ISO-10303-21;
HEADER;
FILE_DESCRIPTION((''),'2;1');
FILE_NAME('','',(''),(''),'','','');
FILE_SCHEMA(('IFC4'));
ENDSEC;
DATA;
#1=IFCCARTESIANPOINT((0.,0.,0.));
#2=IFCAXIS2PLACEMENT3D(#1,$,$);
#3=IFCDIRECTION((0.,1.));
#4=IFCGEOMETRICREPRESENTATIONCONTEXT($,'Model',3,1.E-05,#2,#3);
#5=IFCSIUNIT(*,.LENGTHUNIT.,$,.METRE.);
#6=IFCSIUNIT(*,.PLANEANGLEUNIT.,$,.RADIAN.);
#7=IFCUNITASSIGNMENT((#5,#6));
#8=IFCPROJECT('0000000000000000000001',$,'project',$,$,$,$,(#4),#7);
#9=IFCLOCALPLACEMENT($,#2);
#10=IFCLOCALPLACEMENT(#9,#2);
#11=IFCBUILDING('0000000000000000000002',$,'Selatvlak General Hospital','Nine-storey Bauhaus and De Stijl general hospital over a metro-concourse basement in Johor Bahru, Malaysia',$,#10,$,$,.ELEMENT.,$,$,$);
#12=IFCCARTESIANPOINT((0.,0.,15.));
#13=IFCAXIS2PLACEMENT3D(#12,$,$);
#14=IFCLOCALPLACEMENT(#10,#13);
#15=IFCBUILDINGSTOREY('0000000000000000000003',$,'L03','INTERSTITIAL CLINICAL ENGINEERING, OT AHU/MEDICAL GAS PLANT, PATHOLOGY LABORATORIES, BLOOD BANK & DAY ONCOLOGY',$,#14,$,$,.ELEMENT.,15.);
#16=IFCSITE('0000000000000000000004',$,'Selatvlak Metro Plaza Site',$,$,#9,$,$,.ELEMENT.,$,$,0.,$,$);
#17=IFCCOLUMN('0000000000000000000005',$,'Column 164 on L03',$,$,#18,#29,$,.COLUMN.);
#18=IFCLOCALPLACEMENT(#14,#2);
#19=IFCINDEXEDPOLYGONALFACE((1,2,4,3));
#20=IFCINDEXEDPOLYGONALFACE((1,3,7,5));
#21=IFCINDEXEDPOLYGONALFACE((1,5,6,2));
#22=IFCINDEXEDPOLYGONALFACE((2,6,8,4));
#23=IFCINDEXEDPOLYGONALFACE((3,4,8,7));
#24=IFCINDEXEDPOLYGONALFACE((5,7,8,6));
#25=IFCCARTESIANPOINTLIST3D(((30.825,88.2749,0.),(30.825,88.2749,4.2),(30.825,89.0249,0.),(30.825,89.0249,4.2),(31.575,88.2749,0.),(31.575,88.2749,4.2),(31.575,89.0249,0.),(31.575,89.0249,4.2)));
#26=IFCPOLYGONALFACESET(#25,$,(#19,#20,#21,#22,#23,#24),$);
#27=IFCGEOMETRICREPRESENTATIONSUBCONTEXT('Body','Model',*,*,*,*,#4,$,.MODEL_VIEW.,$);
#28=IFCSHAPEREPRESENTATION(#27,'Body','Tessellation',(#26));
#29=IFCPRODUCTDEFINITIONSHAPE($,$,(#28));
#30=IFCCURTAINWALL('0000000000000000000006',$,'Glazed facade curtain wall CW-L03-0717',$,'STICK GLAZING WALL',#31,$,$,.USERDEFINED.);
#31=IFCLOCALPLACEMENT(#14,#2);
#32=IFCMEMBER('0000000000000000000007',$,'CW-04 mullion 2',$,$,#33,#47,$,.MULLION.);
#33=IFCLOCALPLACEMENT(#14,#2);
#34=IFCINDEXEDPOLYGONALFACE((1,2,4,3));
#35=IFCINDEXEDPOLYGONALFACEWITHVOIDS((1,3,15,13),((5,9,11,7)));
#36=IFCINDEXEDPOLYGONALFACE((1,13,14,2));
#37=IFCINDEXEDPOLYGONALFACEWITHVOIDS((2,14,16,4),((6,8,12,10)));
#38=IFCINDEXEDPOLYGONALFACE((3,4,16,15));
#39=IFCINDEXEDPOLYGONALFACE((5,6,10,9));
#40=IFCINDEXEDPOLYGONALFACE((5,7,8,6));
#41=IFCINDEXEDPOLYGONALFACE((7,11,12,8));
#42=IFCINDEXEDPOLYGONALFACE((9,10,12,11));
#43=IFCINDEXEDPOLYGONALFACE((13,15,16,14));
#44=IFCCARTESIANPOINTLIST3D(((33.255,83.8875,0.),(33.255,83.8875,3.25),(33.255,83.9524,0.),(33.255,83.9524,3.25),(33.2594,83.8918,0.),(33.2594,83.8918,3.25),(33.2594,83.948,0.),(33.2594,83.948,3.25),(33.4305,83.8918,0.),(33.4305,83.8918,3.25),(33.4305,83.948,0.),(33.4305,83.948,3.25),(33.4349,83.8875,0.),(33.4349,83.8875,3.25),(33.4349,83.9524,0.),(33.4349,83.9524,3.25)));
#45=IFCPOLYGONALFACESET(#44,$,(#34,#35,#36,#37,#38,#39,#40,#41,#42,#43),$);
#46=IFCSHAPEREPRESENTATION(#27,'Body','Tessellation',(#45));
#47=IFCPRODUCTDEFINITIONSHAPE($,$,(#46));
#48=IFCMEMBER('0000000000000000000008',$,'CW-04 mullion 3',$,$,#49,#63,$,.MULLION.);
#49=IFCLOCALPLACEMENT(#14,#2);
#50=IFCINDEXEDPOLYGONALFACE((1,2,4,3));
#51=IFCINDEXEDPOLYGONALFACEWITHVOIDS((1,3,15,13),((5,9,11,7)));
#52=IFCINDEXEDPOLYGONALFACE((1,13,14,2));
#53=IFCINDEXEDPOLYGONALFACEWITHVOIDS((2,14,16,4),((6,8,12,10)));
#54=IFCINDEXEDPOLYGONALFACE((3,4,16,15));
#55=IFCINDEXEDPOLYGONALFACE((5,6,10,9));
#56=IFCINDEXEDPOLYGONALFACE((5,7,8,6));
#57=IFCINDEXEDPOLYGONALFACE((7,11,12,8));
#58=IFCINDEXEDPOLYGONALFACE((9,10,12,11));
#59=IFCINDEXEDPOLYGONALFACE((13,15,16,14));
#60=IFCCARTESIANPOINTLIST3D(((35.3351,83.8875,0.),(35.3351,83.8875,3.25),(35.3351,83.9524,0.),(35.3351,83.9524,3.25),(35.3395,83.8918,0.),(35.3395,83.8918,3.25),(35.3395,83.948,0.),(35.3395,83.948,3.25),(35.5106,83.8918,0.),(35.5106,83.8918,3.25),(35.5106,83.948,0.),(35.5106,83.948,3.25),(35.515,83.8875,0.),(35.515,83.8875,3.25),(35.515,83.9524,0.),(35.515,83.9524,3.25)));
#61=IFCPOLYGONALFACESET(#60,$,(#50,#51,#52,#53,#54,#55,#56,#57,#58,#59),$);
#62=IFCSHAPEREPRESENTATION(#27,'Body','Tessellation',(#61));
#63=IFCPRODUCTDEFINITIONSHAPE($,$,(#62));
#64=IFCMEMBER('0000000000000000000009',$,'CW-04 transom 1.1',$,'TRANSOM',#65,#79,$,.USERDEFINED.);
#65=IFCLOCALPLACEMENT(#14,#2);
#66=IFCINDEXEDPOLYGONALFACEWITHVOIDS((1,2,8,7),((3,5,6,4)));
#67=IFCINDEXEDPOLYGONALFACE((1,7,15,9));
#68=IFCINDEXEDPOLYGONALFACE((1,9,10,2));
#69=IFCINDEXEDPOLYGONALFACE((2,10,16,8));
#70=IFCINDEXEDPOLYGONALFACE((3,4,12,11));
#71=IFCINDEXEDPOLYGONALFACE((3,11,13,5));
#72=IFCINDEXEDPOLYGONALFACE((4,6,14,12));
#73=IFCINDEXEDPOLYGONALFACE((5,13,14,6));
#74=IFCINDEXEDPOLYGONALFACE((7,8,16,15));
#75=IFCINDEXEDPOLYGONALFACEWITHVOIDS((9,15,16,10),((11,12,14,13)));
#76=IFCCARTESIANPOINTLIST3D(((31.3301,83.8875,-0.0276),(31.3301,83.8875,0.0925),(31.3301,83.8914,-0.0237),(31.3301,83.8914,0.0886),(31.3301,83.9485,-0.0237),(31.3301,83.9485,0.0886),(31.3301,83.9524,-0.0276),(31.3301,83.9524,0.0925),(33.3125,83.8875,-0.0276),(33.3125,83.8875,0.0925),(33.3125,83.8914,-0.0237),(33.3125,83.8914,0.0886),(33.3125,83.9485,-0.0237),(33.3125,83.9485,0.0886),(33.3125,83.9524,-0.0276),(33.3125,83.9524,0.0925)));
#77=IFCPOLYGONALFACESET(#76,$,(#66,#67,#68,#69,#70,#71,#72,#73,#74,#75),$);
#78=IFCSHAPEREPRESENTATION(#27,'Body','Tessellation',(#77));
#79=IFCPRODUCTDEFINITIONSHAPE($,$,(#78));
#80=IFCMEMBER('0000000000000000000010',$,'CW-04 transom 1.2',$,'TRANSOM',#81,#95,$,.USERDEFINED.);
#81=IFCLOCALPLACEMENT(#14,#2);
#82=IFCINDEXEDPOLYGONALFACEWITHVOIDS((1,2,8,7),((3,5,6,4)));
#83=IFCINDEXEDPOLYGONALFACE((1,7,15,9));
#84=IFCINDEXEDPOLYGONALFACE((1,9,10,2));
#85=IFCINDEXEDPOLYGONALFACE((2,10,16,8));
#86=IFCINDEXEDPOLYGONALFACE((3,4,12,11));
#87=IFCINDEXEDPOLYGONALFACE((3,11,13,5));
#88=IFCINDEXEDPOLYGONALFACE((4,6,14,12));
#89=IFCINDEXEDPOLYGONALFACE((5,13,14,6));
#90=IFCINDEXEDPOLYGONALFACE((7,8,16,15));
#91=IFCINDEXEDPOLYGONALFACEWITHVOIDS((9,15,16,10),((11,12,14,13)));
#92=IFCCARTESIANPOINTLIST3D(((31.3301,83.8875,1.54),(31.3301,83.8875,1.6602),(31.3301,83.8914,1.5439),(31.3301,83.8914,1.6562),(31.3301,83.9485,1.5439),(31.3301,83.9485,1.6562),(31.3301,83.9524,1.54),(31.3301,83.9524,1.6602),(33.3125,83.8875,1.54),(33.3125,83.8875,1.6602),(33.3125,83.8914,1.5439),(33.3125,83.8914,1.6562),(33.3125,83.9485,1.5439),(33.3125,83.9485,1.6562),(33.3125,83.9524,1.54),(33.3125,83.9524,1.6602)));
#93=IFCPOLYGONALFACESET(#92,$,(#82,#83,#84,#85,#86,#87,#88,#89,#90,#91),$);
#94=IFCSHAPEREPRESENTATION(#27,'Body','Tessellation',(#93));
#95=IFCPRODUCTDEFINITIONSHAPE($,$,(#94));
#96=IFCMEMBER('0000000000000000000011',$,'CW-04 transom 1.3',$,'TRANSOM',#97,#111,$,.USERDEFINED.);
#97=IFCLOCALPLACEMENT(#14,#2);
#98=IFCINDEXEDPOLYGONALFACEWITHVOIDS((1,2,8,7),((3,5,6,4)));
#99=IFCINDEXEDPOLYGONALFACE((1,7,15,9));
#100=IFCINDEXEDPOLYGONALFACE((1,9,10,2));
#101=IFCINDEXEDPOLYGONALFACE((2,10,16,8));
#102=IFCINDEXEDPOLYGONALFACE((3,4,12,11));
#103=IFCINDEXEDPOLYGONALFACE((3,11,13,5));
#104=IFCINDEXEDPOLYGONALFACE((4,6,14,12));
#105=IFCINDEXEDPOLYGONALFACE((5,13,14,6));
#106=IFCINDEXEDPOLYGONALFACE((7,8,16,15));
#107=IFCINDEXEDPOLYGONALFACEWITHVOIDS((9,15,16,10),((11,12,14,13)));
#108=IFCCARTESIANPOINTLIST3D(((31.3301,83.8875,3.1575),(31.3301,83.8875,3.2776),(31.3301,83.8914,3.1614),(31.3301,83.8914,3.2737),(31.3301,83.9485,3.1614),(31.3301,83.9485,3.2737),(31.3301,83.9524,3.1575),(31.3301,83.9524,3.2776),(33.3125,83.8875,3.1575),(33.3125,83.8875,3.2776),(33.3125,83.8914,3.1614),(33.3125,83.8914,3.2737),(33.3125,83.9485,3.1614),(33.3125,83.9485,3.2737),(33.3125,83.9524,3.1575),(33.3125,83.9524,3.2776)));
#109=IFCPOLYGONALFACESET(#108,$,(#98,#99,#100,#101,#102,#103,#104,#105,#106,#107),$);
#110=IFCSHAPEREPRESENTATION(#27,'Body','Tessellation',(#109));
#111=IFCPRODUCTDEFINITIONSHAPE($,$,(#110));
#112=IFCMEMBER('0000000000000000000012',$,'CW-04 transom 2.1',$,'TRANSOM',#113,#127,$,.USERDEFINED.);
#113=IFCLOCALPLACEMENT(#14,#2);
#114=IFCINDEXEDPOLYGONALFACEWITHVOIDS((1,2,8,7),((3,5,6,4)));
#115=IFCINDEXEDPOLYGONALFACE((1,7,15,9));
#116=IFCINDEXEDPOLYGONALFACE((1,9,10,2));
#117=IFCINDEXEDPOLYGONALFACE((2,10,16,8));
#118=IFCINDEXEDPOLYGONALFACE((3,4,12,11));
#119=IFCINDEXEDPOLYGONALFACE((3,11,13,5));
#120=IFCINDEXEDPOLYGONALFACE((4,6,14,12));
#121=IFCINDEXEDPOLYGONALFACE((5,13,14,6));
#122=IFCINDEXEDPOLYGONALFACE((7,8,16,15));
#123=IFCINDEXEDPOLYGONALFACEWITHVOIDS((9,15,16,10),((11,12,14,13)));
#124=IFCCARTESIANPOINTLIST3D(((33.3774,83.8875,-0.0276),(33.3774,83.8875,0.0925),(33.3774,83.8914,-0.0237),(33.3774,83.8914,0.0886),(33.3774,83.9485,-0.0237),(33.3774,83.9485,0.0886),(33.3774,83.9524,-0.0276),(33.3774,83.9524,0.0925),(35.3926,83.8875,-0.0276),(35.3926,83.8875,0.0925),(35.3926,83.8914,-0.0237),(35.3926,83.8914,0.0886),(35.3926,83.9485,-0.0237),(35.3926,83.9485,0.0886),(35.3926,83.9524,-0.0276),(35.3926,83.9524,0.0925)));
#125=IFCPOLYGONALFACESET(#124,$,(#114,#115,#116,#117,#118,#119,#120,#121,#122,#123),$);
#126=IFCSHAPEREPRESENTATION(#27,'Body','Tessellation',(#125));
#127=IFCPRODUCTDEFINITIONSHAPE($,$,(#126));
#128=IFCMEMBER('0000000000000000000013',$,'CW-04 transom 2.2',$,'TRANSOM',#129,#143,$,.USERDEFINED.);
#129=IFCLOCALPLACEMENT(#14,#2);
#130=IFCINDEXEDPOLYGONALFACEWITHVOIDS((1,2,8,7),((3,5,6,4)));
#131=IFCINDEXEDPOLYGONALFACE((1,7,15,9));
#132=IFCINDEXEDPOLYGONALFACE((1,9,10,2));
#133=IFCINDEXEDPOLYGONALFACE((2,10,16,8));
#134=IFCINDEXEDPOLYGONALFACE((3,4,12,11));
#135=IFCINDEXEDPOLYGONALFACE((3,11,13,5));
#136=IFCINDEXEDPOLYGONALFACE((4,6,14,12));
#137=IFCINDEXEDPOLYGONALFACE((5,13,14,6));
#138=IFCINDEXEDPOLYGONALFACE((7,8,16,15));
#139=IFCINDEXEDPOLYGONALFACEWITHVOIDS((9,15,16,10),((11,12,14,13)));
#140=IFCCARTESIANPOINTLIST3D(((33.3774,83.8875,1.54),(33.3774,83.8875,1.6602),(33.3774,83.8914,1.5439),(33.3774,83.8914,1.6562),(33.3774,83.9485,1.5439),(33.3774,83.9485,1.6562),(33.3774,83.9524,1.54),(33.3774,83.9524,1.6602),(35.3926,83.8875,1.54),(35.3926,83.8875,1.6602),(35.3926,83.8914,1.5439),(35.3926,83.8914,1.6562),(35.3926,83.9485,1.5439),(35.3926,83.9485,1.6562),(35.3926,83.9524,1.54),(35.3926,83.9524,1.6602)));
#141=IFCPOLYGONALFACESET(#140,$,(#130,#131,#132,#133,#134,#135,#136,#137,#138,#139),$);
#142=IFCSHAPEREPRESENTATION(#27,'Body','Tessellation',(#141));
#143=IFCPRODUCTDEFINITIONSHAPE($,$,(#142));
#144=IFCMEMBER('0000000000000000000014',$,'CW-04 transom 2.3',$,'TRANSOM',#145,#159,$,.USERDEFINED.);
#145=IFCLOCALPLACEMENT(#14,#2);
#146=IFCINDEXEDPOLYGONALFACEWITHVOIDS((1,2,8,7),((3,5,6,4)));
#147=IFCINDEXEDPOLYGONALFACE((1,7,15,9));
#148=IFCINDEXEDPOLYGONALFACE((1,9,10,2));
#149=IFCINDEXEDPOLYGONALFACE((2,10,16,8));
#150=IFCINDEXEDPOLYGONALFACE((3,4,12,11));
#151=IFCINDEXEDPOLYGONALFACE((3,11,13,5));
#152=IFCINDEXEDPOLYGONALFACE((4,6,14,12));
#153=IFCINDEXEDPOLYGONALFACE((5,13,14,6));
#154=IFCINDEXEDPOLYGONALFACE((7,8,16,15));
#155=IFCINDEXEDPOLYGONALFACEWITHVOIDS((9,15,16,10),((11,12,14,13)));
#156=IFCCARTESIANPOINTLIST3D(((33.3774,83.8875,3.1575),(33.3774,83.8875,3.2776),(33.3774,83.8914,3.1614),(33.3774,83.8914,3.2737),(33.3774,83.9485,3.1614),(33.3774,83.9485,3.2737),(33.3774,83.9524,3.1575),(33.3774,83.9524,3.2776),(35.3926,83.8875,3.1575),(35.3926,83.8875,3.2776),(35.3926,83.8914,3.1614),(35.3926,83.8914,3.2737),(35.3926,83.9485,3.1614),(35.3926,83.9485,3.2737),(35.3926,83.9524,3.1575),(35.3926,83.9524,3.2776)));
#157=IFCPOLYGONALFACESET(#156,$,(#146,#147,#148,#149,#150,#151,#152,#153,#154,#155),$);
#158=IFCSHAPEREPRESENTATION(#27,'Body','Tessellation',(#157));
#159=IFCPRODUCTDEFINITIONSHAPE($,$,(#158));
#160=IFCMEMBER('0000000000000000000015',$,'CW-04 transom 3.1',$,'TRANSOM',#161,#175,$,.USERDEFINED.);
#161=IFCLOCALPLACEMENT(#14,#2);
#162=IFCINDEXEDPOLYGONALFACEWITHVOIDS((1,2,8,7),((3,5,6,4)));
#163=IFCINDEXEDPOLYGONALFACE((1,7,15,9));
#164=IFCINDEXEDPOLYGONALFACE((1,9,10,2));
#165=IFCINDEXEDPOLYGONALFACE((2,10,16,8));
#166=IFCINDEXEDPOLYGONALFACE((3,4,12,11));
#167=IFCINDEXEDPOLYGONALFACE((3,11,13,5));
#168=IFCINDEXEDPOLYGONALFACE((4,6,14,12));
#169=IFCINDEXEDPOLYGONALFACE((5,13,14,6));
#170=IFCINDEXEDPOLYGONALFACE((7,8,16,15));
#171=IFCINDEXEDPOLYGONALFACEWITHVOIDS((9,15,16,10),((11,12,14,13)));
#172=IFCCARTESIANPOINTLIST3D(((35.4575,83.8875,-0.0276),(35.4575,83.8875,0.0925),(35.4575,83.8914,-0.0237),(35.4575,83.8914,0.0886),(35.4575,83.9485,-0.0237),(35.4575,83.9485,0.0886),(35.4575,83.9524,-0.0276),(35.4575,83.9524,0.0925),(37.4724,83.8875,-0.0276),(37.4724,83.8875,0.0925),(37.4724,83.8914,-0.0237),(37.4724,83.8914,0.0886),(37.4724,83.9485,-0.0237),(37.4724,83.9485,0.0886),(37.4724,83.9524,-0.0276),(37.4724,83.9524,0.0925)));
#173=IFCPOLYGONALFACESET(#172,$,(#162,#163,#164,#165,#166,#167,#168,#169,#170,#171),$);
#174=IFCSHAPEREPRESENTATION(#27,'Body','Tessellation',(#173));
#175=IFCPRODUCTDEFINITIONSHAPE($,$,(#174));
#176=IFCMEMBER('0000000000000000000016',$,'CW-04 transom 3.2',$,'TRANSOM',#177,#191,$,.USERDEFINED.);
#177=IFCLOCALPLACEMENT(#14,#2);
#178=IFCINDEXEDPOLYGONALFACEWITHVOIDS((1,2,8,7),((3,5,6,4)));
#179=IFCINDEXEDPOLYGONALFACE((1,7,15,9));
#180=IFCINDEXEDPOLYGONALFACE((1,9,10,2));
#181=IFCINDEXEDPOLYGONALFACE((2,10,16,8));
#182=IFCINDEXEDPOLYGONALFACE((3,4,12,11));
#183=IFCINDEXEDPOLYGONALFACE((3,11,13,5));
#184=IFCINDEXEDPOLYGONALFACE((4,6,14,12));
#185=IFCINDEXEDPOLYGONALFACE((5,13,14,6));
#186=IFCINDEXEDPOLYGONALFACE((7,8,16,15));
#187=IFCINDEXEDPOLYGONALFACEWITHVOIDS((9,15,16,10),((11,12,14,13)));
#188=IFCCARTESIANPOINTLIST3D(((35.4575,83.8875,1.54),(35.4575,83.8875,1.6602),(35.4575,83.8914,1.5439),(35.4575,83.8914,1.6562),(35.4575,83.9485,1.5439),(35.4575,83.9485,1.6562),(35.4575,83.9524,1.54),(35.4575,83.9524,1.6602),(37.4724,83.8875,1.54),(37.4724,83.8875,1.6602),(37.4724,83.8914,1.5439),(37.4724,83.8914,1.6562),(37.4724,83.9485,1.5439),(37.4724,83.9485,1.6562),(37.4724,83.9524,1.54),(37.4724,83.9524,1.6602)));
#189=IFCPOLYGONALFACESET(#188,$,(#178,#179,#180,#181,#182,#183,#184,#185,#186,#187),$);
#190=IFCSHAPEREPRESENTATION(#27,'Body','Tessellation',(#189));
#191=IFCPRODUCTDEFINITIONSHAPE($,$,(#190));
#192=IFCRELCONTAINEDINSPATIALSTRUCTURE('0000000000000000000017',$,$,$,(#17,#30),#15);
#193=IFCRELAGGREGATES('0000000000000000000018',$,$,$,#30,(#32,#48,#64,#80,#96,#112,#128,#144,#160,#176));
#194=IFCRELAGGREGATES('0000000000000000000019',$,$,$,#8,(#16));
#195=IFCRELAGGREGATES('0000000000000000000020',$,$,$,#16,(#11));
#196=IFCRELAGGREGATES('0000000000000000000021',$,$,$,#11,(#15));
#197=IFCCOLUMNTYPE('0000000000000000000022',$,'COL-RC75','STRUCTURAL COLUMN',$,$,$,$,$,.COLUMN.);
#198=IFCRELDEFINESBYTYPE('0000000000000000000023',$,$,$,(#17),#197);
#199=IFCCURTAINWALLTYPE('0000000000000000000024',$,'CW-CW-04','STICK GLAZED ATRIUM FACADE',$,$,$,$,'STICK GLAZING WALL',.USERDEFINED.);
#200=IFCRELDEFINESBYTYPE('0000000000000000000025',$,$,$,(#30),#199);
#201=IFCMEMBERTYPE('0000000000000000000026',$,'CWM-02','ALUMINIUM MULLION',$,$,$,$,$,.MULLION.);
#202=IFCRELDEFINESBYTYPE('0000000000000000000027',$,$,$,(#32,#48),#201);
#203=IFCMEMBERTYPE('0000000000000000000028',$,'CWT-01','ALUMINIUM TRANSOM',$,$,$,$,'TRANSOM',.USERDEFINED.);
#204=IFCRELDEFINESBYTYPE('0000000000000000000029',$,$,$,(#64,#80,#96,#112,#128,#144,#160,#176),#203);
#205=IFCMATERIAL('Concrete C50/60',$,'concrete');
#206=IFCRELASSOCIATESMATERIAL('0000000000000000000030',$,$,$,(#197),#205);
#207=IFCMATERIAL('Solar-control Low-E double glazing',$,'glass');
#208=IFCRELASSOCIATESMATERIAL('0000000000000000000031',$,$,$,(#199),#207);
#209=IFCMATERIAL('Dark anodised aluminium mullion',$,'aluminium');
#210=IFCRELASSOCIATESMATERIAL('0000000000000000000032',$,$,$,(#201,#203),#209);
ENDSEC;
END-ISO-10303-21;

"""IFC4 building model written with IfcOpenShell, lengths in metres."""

from ifc_helpers import new_model, si_unit, direction, frame, origin, origin_2d, place, context, subcontext, project, spatial, rectangle, hollow_rectangle, extrude, material, material_profile, profile_set, type_object, element, aggregate, save


model = new_model("IFC4")

# Units and contexts
model_context = context("Model", 3, precision=1e-05, world=origin(), true_north=direction((0.0, 1.0)))
body_context = subcontext(model_context, "Body", "Model", "MODEL_VIEW")
ifc_project = project(units=[si_unit("LENGTHUNIT", "METRE"), si_unit("PLANEANGLEUNIT", "RADIAN")], contexts=[model_context])

# Site, building, storey
site_placement = place(None, origin())
site = spatial("IfcSite", under=ifc_project, at=site_placement, Name="Selatvlak Metro Plaza Site", CompositionType="ELEMENT", RefElevation=0.0)
building_placement = place(site_placement, origin())
building = spatial("IfcBuilding", under=site, at=building_placement, Name="Selatvlak General Hospital", Description="Nine-storey Bauhaus and De Stijl general hospital over a metro-concourse basement in Johor Bahru, Malaysia", CompositionType="ELEMENT")
storey_placement = place(building_placement, frame((0.0, 0.0, 15.0)))
storey = spatial("IfcBuildingStorey", under=building, at=storey_placement, Name="L03", Description="INTERSTITIAL CLINICAL ENGINEERING, OT AHU/MEDICAL GAS PLANT, PATHOLOGY LABORATORIES, BLOOD BANK & DAY ONCOLOGY", CompositionType="ELEMENT", Elevation=15.0)

# Column
ifc_material_1 = material(Name="Concrete C50/60", Category="concrete")
ifc_material_profile_1 = material_profile(ifc_material_1, rectangle(XDim=0.75, YDim=0.75, at=origin_2d()), Name="RC-COL 750x750")
ifc_profile_set_1 = profile_set([ifc_material_profile_1], Name="Concrete C50/60")
column_type = type_object("IfcColumnType", Name="COL-RC75", Description="STRUCTURAL COLUMN", PredefinedType="COLUMN", material=ifc_profile_set_1)
column_placement = place(storey_placement, frame((31.2, 88.6499, 0.0), z_axis=(0.0, 0.0, 1.0), x_axis=(1.0, 0.0, 0.0)))
element("IfcColumn", 1, at=column_placement, inside=storey, type_object=column_type, Name="Column 164 on L03", PredefinedType="COLUMN", context=body_context, shape_type="SweptSolid", body=[
    extrude(rectangle(XDim=0.75, YDim=0.75, at=origin_2d()), origin(), (0.0, 0.0, 1.0), 4.2),
])

# Curtain wall, members
ifc_material_2 = material(Name="Solar-control Low-E double glazing", Category="glass")
curtain_wall_type = type_object("IfcCurtainWallType", Name="CW-CW-04", Description="STICK GLAZED ATRIUM FACADE", ElementType="STICK GLAZING WALL", PredefinedType="USERDEFINED", material=ifc_material_2)
curtain_wall_placement = place(storey_placement, origin())
curtain_wall = element("IfcCurtainWall", 2, at=curtain_wall_placement, inside=storey, type_object=curtain_wall_type, Name="Glazed facade curtain wall CW-L03-0717", ObjectType="STICK GLAZING WALL", PredefinedType="USERDEFINED")
ifc_material_3 = material(Name="Dark anodised aluminium mullion", Category="aluminium")
ifc_material_profile_2 = material_profile(ifc_material_3, hollow_rectangle(XDim=0.0649, YDim=0.1799, WallThickness=0.0044, at=origin_2d()), Name="AL-MUL 65x180x4.5")
ifc_profile_set_2 = profile_set([ifc_material_profile_2], Name="Dark anodised aluminium mullion")
member_type_1 = type_object("IfcMemberType", Name="CWM-02", Description="ALUMINIUM MULLION", PredefinedType="MULLION", material=ifc_profile_set_2)
member_1_placement = place(storey_placement, frame((33.345, 83.9199, 0.0), z_axis=(0.0, 0.0, 1.0), x_axis=(0.0, 1.0, 0.0)))
member_1 = element("IfcMember", 3, at=member_1_placement, type_object=member_type_1, Name="CW-04 mullion 2", PredefinedType="MULLION", context=body_context, shape_type="SweptSolid", body=[
    extrude(hollow_rectangle(XDim=0.0649, YDim=0.1799, WallThickness=0.0044, at=origin_2d()), origin(), (0.0, 0.0, 1.0), 3.25),
])
member_2_placement = place(storey_placement, frame((35.425, 83.9199, 0.0), z_axis=(0.0, 0.0, 1.0), x_axis=(0.0, 1.0, 0.0)))
member_2 = element("IfcMember", 4, at=member_2_placement, type_object=member_type_1, Name="CW-04 mullion 3", PredefinedType="MULLION", context=body_context, shape_type="SweptSolid", body=[
    extrude(hollow_rectangle(XDim=0.0649, YDim=0.1799, WallThickness=0.0044, at=origin_2d()), origin(), (0.0, 0.0, 1.0), 3.25),
])
ifc_material_profile_3 = material_profile(ifc_material_3, hollow_rectangle(XDim=0.0649, YDim=0.1201, WallThickness=0.0039, at=origin_2d()), Name="AL-TRN 65x120x4")
ifc_profile_set_3 = profile_set([ifc_material_profile_3], Name="Dark anodised aluminium mullion")
member_type_2 = type_object("IfcMemberType", Name="CWT-01", Description="ALUMINIUM TRANSOM", ElementType="TRANSOM", PredefinedType="USERDEFINED", material=ifc_profile_set_3)
member_3_placement = place(storey_placement, frame((31.3301, 83.9199, 0.0325), z_axis=(1.0, 0.0, 0.0), x_axis=(0.0, 1.0, 0.0)))
member_3 = element("IfcMember", 5, at=member_3_placement, type_object=member_type_2, Name="CW-04 transom 1.1", ObjectType="TRANSOM", PredefinedType="USERDEFINED", context=body_context, shape_type="SweptSolid", body=[
    extrude(hollow_rectangle(XDim=0.0649, YDim=0.1201, WallThickness=0.0039, at=origin_2d()), origin(), (0.0, 0.0, 1.0), 1.9824),
])
member_4_placement = place(storey_placement, frame((31.3301, 83.9199, 1.6001), z_axis=(1.0, 0.0, 0.0), x_axis=(0.0, 1.0, 0.0)))
member_4 = element("IfcMember", 6, at=member_4_placement, type_object=member_type_2, Name="CW-04 transom 1.2", ObjectType="TRANSOM", PredefinedType="USERDEFINED", context=body_context, shape_type="SweptSolid", body=[
    extrude(hollow_rectangle(XDim=0.0649, YDim=0.1201, WallThickness=0.0039, at=origin_2d()), origin(), (0.0, 0.0, 1.0), 1.9824),
])
member_5_placement = place(storey_placement, frame((31.3301, 83.9199, 3.2175), z_axis=(1.0, 0.0, 0.0), x_axis=(0.0, 1.0, 0.0)))
member_5 = element("IfcMember", 7, at=member_5_placement, type_object=member_type_2, Name="CW-04 transom 1.3", ObjectType="TRANSOM", PredefinedType="USERDEFINED", context=body_context, shape_type="SweptSolid", body=[
    extrude(hollow_rectangle(XDim=0.0649, YDim=0.1201, WallThickness=0.0039, at=origin_2d()), origin(), (0.0, 0.0, 1.0), 1.9824),
])
member_6_placement = place(storey_placement, frame((33.3774, 83.9199, 0.0325), z_axis=(1.0, 0.0, 0.0), x_axis=(0.0, 1.0, 0.0)))
member_6 = element("IfcMember", 8, at=member_6_placement, type_object=member_type_2, Name="CW-04 transom 2.1", ObjectType="TRANSOM", PredefinedType="USERDEFINED", context=body_context, shape_type="SweptSolid", body=[
    extrude(hollow_rectangle(XDim=0.0649, YDim=0.1201, WallThickness=0.0039, at=origin_2d()), origin(), (0.0, 0.0, 1.0), 2.0151),
])
member_7_placement = place(storey_placement, frame((33.3774, 83.9199, 1.6001), z_axis=(1.0, 0.0, 0.0), x_axis=(0.0, 1.0, 0.0)))
member_7 = element("IfcMember", 9, at=member_7_placement, type_object=member_type_2, Name="CW-04 transom 2.2", ObjectType="TRANSOM", PredefinedType="USERDEFINED", context=body_context, shape_type="SweptSolid", body=[
    extrude(hollow_rectangle(XDim=0.0649, YDim=0.1201, WallThickness=0.0039, at=origin_2d()), origin(), (0.0, 0.0, 1.0), 2.0151),
])
member_8_placement = place(storey_placement, frame((33.3774, 83.9199, 3.2175), z_axis=(1.0, 0.0, 0.0), x_axis=(0.0, 1.0, 0.0)))
member_8 = element("IfcMember", 10, at=member_8_placement, type_object=member_type_2, Name="CW-04 transom 2.3", ObjectType="TRANSOM", PredefinedType="USERDEFINED", context=body_context, shape_type="SweptSolid", body=[
    extrude(hollow_rectangle(XDim=0.0649, YDim=0.1201, WallThickness=0.0039, at=origin_2d()), origin(), (0.0, 0.0, 1.0), 2.0151),
])
member_9_placement = place(storey_placement, frame((35.4575, 83.9199, 0.0325), z_axis=(1.0, 0.0, 0.0), x_axis=(0.0, 1.0, 0.0)))
member_9 = element("IfcMember", 11, at=member_9_placement, type_object=member_type_2, Name="CW-04 transom 3.1", ObjectType="TRANSOM", PredefinedType="USERDEFINED", context=body_context, shape_type="SweptSolid", body=[
    extrude(hollow_rectangle(XDim=0.0649, YDim=0.1201, WallThickness=0.0039, at=origin_2d()), origin(), (0.0, 0.0, 1.0), 2.0149),
])
member_10_placement = place(storey_placement, frame((35.4575, 83.9199, 1.6001), z_axis=(1.0, 0.0, 0.0), x_axis=(0.0, 1.0, 0.0)))
member_10 = element("IfcMember", 12, at=member_10_placement, type_object=member_type_2, Name="CW-04 transom 3.2", ObjectType="TRANSOM", PredefinedType="USERDEFINED", context=body_context, shape_type="SweptSolid", body=[
    extrude(hollow_rectangle(XDim=0.0649, YDim=0.1201, WallThickness=0.0039, at=origin_2d()), origin(), (0.0, 0.0, 1.0), 2.0149),
])
aggregate(curtain_wall, [member_1, member_2, member_3, member_4, member_5, member_6, member_7, member_8, member_9, member_10])

save(model, "model.ifc")
